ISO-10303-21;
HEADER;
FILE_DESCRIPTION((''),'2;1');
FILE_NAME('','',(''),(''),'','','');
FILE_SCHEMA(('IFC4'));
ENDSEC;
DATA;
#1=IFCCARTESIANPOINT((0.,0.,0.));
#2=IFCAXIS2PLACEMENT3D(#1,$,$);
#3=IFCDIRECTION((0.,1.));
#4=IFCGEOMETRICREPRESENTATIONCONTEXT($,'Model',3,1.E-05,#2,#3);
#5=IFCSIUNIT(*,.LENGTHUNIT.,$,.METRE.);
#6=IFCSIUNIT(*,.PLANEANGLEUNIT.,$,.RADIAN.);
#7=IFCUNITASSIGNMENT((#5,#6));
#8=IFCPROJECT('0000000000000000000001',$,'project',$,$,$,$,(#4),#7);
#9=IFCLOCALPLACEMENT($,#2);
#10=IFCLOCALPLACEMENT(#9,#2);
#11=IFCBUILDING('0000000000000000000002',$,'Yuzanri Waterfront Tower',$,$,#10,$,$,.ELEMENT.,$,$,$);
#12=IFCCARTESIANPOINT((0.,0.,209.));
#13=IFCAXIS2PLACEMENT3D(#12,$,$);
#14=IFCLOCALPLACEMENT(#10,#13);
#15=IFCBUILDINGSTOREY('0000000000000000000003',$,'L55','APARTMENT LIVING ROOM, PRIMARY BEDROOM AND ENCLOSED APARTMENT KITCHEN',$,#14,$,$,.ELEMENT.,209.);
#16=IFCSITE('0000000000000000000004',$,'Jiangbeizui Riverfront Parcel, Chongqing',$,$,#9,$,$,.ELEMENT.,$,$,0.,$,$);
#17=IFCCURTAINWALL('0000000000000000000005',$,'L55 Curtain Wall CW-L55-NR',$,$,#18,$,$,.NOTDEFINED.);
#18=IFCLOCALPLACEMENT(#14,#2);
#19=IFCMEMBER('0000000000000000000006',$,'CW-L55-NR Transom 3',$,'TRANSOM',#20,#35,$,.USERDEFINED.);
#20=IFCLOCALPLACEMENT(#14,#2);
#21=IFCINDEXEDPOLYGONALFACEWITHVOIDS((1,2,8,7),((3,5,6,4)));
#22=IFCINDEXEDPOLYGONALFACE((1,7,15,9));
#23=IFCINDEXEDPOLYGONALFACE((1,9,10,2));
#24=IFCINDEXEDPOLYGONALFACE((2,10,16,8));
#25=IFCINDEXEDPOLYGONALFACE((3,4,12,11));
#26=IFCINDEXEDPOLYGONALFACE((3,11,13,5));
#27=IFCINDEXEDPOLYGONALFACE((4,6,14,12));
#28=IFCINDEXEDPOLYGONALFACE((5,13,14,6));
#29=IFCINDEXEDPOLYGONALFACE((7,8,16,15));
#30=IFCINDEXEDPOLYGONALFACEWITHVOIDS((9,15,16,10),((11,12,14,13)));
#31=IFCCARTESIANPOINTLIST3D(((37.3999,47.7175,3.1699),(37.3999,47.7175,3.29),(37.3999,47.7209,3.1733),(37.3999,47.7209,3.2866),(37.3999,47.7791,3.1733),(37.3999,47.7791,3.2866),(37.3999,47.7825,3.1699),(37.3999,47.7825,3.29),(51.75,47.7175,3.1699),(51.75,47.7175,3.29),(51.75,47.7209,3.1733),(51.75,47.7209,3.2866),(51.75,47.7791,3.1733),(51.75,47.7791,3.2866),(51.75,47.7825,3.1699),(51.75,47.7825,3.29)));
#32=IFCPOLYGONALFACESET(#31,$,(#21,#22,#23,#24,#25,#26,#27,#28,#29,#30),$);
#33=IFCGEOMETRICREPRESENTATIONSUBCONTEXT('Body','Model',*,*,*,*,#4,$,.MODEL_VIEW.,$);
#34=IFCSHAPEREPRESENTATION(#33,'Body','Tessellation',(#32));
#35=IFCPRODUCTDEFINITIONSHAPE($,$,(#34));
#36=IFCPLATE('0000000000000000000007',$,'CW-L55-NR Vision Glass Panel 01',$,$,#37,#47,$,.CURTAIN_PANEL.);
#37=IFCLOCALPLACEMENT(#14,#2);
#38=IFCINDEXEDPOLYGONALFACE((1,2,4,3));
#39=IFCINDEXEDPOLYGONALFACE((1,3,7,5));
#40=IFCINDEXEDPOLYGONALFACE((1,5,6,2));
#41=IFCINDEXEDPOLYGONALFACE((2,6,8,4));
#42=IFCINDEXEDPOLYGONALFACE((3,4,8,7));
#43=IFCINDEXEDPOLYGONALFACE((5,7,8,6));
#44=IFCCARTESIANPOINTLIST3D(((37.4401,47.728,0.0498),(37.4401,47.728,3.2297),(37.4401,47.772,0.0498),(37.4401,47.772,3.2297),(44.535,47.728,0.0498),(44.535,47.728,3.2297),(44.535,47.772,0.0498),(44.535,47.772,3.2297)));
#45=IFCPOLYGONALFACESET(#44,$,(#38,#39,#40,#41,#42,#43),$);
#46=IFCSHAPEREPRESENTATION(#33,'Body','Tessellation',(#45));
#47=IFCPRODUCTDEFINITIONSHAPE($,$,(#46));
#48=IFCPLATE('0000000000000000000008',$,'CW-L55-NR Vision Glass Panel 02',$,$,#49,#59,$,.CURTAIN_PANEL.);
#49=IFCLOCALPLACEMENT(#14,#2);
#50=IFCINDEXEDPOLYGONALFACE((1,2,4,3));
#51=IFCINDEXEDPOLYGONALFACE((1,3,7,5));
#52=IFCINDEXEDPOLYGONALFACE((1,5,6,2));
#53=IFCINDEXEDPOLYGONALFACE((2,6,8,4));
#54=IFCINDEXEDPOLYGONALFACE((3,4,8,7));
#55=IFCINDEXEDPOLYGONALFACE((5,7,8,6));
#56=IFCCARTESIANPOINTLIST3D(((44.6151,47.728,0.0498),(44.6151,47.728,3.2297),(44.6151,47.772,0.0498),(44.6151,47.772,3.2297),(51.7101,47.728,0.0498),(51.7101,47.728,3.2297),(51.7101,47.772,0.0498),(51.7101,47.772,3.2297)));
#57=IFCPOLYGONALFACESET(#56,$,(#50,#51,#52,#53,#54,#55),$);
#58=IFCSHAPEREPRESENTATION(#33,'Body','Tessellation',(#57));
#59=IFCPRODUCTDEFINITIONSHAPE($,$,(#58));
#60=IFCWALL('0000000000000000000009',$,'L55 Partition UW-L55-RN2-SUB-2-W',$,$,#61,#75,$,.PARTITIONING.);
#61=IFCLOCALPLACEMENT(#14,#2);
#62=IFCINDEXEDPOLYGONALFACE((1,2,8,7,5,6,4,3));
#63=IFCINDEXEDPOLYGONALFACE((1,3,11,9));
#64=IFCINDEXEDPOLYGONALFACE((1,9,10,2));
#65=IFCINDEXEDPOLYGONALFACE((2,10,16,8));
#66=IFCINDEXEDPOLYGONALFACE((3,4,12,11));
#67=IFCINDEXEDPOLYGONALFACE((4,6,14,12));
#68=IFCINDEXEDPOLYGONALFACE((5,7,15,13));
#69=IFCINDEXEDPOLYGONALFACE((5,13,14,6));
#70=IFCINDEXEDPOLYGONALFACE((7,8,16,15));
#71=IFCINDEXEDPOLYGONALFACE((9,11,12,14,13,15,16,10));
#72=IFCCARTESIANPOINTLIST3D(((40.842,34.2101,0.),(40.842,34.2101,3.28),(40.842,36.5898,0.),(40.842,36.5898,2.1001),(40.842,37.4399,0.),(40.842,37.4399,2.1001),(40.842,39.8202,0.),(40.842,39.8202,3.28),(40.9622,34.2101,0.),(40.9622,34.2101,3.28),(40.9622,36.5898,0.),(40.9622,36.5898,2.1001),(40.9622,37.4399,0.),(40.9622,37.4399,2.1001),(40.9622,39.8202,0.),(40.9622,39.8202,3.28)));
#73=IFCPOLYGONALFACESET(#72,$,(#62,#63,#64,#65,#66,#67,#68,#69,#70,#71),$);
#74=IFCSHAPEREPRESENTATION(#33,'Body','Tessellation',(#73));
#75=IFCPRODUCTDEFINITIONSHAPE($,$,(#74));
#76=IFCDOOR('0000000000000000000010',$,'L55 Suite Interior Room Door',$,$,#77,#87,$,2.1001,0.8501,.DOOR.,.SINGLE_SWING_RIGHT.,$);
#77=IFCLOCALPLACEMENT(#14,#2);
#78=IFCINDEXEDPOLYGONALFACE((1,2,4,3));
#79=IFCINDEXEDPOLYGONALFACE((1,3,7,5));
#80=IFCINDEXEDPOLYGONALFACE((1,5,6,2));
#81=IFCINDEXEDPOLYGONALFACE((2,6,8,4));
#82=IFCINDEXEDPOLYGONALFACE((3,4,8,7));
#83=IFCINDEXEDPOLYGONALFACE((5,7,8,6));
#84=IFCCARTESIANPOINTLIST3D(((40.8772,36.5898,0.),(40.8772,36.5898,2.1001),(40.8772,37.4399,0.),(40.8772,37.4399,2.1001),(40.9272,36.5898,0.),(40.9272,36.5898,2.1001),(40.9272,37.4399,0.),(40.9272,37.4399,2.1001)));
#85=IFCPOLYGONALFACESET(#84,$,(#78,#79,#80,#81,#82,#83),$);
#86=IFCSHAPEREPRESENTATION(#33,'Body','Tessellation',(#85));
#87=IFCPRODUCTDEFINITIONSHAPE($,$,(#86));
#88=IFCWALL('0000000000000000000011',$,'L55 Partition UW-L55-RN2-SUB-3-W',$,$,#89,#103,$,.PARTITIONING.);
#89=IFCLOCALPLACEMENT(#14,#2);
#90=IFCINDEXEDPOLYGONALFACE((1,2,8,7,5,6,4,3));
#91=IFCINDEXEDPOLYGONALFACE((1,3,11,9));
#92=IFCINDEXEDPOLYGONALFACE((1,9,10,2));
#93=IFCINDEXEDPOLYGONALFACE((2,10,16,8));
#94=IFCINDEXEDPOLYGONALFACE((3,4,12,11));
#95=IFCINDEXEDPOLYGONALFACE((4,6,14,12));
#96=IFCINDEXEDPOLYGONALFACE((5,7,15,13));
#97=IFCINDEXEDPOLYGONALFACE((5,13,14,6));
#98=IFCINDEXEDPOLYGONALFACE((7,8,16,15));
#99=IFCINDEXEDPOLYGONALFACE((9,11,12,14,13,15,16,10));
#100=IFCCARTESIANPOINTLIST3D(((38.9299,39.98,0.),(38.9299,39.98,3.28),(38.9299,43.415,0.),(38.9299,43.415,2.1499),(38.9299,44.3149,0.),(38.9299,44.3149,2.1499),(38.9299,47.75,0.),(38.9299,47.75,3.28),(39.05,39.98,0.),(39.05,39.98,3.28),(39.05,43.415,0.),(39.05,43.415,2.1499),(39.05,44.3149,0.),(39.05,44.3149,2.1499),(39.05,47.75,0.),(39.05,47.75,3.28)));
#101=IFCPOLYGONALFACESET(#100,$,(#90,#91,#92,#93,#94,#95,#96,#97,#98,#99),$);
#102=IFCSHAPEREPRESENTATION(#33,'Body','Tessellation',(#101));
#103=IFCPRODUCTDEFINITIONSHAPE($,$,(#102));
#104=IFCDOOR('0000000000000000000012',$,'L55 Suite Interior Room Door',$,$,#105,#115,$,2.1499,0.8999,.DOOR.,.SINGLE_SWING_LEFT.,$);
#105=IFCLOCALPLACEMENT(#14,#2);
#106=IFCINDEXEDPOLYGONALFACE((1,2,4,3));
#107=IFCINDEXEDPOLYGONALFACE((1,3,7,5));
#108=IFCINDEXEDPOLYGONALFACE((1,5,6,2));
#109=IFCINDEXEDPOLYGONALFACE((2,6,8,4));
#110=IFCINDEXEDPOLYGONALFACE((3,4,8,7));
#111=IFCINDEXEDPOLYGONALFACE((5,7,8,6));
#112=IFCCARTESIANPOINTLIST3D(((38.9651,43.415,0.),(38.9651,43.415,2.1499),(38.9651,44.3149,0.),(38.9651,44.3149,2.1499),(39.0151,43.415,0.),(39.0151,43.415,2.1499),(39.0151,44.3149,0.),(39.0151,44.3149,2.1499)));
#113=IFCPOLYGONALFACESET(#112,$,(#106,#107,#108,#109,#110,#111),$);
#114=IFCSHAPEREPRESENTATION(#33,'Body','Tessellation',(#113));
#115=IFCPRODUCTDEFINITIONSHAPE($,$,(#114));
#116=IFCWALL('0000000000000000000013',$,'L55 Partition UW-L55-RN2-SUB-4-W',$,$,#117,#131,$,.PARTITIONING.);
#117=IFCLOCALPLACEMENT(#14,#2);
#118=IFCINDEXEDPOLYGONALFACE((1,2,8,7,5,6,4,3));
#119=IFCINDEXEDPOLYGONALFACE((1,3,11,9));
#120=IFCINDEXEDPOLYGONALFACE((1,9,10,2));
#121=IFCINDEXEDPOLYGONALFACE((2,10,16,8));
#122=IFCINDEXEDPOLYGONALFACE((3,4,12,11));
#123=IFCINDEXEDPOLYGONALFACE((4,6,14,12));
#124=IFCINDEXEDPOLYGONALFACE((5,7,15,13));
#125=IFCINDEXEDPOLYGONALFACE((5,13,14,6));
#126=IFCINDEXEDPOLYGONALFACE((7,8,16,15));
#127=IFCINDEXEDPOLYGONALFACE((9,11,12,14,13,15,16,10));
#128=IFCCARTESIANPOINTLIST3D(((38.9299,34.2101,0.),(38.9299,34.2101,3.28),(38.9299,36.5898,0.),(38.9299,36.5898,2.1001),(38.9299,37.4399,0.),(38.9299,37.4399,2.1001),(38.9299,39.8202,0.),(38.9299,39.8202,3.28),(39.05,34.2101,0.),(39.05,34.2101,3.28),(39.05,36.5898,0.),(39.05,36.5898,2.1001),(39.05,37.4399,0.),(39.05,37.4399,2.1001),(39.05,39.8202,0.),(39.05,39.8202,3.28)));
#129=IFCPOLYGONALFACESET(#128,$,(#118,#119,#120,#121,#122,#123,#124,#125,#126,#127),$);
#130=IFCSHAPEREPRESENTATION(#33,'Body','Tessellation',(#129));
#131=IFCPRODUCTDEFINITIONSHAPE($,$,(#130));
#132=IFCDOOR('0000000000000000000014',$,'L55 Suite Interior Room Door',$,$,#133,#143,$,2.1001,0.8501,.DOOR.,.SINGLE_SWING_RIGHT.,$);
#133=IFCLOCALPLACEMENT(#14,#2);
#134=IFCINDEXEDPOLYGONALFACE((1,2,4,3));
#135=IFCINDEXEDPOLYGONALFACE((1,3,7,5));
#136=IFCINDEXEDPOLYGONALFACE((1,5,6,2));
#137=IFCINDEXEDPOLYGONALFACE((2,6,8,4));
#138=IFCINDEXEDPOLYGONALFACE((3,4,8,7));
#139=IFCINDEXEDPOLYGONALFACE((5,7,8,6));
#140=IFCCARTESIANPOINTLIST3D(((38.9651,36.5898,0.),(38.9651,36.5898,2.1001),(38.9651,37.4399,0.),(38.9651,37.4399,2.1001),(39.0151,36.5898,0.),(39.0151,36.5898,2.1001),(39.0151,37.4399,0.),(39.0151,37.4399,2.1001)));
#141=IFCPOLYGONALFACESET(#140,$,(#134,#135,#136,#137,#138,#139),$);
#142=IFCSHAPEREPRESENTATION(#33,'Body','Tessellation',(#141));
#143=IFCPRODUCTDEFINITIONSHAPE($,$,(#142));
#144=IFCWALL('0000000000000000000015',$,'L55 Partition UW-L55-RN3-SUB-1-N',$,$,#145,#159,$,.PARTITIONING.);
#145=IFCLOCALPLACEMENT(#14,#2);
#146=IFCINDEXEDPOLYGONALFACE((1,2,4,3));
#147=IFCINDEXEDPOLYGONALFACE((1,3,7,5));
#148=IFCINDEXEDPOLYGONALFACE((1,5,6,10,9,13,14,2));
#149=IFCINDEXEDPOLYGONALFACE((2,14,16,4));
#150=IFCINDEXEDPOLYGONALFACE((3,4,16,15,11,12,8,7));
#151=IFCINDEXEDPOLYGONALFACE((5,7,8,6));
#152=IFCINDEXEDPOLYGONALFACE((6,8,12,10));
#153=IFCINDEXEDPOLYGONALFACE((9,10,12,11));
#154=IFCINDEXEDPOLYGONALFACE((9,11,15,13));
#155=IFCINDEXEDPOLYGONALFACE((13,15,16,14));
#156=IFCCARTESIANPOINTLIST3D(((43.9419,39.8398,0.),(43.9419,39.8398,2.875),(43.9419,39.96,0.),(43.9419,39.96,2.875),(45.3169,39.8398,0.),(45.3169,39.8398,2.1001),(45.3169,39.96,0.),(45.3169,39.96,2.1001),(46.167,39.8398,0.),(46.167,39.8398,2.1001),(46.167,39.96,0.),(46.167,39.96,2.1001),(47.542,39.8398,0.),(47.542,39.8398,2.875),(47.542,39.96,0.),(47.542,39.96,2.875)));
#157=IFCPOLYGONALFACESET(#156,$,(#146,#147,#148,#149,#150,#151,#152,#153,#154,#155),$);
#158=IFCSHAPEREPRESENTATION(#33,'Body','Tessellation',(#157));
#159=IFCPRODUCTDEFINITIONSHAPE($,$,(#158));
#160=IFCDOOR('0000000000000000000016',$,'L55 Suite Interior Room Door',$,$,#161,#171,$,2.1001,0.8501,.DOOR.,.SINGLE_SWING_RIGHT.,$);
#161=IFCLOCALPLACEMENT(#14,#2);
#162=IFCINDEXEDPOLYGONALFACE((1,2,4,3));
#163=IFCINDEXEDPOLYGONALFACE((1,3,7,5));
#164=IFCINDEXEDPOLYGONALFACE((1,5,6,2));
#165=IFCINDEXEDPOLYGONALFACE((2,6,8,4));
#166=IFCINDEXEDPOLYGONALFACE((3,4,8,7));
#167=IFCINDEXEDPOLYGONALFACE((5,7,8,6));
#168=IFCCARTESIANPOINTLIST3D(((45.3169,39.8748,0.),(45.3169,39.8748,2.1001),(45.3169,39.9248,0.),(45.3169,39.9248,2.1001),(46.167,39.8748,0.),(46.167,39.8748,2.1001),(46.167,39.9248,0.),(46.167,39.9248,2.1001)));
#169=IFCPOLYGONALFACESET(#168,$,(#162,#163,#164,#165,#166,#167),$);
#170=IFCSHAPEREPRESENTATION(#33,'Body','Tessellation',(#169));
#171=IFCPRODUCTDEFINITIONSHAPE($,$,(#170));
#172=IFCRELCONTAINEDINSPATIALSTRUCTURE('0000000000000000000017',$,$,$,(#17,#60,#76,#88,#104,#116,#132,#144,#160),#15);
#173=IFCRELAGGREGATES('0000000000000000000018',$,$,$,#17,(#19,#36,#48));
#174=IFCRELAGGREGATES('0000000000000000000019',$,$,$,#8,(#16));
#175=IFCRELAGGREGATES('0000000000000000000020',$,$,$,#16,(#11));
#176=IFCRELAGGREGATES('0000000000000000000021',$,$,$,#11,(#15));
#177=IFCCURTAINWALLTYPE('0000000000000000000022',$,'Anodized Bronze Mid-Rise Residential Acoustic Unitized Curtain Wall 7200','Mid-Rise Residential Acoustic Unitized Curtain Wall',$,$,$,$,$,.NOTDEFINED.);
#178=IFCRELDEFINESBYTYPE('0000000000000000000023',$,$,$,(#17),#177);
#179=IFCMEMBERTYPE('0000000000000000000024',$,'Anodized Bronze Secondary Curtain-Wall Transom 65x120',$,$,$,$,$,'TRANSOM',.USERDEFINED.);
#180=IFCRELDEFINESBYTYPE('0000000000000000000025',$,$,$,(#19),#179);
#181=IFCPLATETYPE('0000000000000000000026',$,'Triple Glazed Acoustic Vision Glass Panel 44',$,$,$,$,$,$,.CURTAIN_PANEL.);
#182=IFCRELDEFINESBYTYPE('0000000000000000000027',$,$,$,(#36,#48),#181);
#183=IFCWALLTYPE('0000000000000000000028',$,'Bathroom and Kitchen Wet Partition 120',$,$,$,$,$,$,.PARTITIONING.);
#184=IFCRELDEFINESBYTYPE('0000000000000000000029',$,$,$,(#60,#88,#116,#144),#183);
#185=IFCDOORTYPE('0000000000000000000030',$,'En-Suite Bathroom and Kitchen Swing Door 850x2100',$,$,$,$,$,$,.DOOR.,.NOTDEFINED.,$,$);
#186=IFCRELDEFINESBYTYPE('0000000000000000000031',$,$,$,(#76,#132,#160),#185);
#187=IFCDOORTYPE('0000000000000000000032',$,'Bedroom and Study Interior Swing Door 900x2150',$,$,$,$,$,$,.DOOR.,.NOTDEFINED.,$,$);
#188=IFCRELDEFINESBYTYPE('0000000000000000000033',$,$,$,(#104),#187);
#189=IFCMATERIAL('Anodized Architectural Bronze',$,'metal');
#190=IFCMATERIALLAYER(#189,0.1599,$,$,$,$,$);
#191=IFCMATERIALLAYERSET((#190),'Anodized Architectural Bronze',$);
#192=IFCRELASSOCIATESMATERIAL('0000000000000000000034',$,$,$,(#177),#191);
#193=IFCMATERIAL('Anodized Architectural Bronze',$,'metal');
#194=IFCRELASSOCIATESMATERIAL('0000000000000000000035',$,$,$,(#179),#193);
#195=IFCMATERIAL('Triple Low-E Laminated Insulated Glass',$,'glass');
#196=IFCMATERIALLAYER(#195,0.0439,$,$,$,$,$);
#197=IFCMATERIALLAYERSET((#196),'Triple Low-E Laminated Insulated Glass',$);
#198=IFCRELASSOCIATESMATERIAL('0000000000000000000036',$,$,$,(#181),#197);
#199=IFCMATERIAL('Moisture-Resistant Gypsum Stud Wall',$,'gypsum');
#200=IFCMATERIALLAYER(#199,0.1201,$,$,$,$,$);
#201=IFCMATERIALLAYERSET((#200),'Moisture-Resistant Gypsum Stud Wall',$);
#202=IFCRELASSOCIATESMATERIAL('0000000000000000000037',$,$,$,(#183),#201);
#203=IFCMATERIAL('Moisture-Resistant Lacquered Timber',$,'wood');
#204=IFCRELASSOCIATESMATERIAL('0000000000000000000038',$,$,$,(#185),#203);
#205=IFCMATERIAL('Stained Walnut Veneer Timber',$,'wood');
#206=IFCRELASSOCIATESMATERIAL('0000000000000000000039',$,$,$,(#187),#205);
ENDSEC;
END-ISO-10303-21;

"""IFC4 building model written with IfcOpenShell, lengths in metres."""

from ifc_helpers import new_model, si_unit, direction, frame, frame_2d, origin, origin_2d, place, context, subcontext, project, spatial, rectangle, hollow_rectangle, extrude, source, transform, mapped, material, layer, layer_set, material_profile, profile_set, type_object, element, fill, aggregate, save


model = new_model("IFC4")

# Units and contexts
model_context = context("Model", 3, precision=1e-05, world=origin(), true_north=direction((0.0, 1.0)))
body_context = subcontext(model_context, "Body", "Model", "MODEL_VIEW")
ifc_project = project(units=[si_unit("LENGTHUNIT", "METRE"), si_unit("PLANEANGLEUNIT", "RADIAN")], contexts=[model_context])

# Site, building, storey
site_placement = place(None, origin())
site = spatial("IfcSite", under=ifc_project, at=site_placement, Name="Jiangbeizui Riverfront Parcel, Chongqing", CompositionType="ELEMENT", RefElevation=0.0)
building_placement = place(site_placement, origin())
building = spatial("IfcBuilding", under=site, at=building_placement, Name="Yuzanri Waterfront Tower", CompositionType="ELEMENT")
storey_placement = place(building_placement, frame((0.0, 0.0, 209.0)))
storey = spatial("IfcBuildingStorey", under=building, at=storey_placement, Name="L55", Description="APARTMENT LIVING ROOM, PRIMARY BEDROOM AND ENCLOSED APARTMENT KITCHEN", CompositionType="ELEMENT", Elevation=209.0)

# Curtain wall, member, plates
ifc_material_1 = material(Name="Anodized Architectural Bronze", Category="metal")
ifc_layer_1 = layer(ifc_material_1, 0.1599)
ifc_layer_set_1 = layer_set([ifc_layer_1], Name="Anodized Architectural Bronze")
curtain_wall_type = type_object("IfcCurtainWallType", Name="Anodized Bronze Mid-Rise Residential Acoustic Unitized Curtain Wall 7200", Description="Mid-Rise Residential Acoustic Unitized Curtain Wall", PredefinedType="NOTDEFINED", material=ifc_layer_set_1)
curtain_wall_placement = place(storey_placement, origin())
curtain_wall = element("IfcCurtainWall", 1, at=curtain_wall_placement, inside=storey, type_object=curtain_wall_type, Name="L55 Curtain Wall CW-L55-NR", PredefinedType="NOTDEFINED")
ifc_material_2 = material(Name="Anodized Architectural Bronze", Category="metal")
ifc_material_profile_1 = material_profile(ifc_material_2, hollow_rectangle(XDim=0.0649, YDim=0.1201, WallThickness=0.0034, at=origin_2d()), Name="CWT 65x120")
ifc_profile_set_1 = profile_set([ifc_material_profile_1], Name="Anodized Architectural Bronze")
member_type_1 = type_object("IfcMemberType", Name="Anodized Bronze Secondary Curtain-Wall Transom 65x120", ElementType="TRANSOM", PredefinedType="USERDEFINED", material=ifc_profile_set_1)
shared_shape_1 = source(origin(), body_context, "Body", "SweptSolid", [
    extrude(hollow_rectangle(XDim=0.0649, YDim=0.1201, WallThickness=0.0034, at=origin_2d()), origin(), (0.0, 0.0, 1.0), 14.3501),
])
member_1_placement = place(storey_placement, frame((37.3999, 47.75, 3.23), z_axis=(1.0, 0.0, 0.0), x_axis=(0.0, 1.0, 0.0)))
member_1 = element("IfcMember", 2, at=member_1_placement, type_object=member_type_1, Name="CW-L55-NR Transom 3", ObjectType="TRANSOM", PredefinedType="USERDEFINED", context=body_context, shape_type="MappedRepresentation", body=[
    mapped(shared_shape_1, transform((0.0, 0.0, 0.0), scale=1.0)),
])
ifc_material_3 = material(Name="Triple Low-E Laminated Insulated Glass", Category="glass")
ifc_layer_2 = layer(ifc_material_3, 0.0439)
ifc_layer_set_2 = layer_set([ifc_layer_2], Name="Triple Low-E Laminated Insulated Glass")
plate_type = type_object("IfcPlateType", Name="Triple Glazed Acoustic Vision Glass Panel 44", PredefinedType="CURTAIN_PANEL", material=ifc_layer_set_2)
shared_shape_2 = source(origin(), body_context, "Body", "SweptSolid", [
    extrude(rectangle(XDim=7.095, YDim=0.0439, at=origin_2d()), origin(), (0.0, 0.0, 1.0), 3.1799),
])
plate_1_placement = place(storey_placement, frame((40.9875, 47.75, 0.0498), z_axis=(0.0, 0.0, 1.0), x_axis=(1.0, 0.0, 0.0)))
plate_1 = element("IfcPlate", 3, at=plate_1_placement, type_object=plate_type, Name="CW-L55-NR Vision Glass Panel 01", PredefinedType="CURTAIN_PANEL", context=body_context, shape_type="MappedRepresentation", body=[
    mapped(shared_shape_2, transform((0.0, 0.0, 0.0), scale=1.0)),
])
plate_2_placement = place(storey_placement, frame((48.1626, 47.75, 0.0498), z_axis=(0.0, 0.0, 1.0), x_axis=(1.0, 0.0, 0.0)))
plate_2 = element("IfcPlate", 4, at=plate_2_placement, type_object=plate_type, Name="CW-L55-NR Vision Glass Panel 02", PredefinedType="CURTAIN_PANEL", context=body_context, shape_type="MappedRepresentation", body=[
    mapped(shared_shape_2, transform((0.0, 0.0, 0.0), scale=1.0)),
])
aggregate(curtain_wall, [member_1, plate_1, plate_2])

# Walls, openings, doors
ifc_material_4 = material(Name="Moisture-Resistant Gypsum Stud Wall", Category="gypsum")
ifc_layer_3 = layer(ifc_material_4, 0.1201)
ifc_layer_set_3 = layer_set([ifc_layer_3], Name="Moisture-Resistant Gypsum Stud Wall")
wall_type_1 = type_object("IfcWallType", Name="Bathroom and Kitchen Wet Partition 120", PredefinedType="PARTITIONING", material=ifc_layer_set_3)
wall_1_placement = place(storey_placement, frame((40.9021, 34.21, 0.0), z_axis=(0.0, 0.0, 1.0), x_axis=(0.0, 1.0, 0.0)))
wall_1 = element("IfcWall", 5, at=wall_1_placement, inside=storey, type_object=wall_type_1, Name="L55 Partition UW-L55-RN2-SUB-2-W", PredefinedType="PARTITIONING", context=body_context, shape_type="SweptSolid", body=[
    extrude(rectangle(XDim=5.6101, YDim=0.1201, at=frame_2d((2.8052, 0.0))), origin(), (0.0, 0.0, 1.0), 3.28),
])
opening_1_placement = place(wall_1_placement, frame((2.3799, 0.0, 0.0)))
opening_1 = element("IfcOpeningElement", 6, at=opening_1_placement, cuts=wall_1, PredefinedType="OPENING", context=body_context, shape_type="SweptSolid", body=[
    extrude(rectangle(XDim=0.8501, YDim=2.1001, at=frame_2d((0.425, 1.05))), frame((0.0, 0.075, 0.0), z_axis=(0.0, -1.0, 0.0), x_axis=(1.0, 0.0, 0.0)), (0.0, 0.0, 1.0), 0.1499),
])
ifc_material_5 = material(Name="Moisture-Resistant Lacquered Timber", Category="wood")
door_type_1 = type_object("IfcDoorType", Name="En-Suite Bathroom and Kitchen Swing Door 850x2100", OperationType="NOTDEFINED", PredefinedType="DOOR", material=ifc_material_5)
shared_shape_3 = source(origin(), body_context, "Body", "SweptSolid", [
    extrude(rectangle(XDim=0.8501, YDim=2.1001, at=frame_2d((0.425, 1.05))), frame((0.0, 0.0249, 0.0), z_axis=(0.0, -1.0, 0.0), x_axis=(1.0, 0.0, 0.0)), (0.0, 0.0, 1.0), 0.05),
])
door_1_placement = place(opening_1_placement, origin())
door_1 = element("IfcDoor", 7, at=door_1_placement, inside=storey, type_object=door_type_1, Name="L55 Suite Interior Room Door", OperationType="SINGLE_SWING_RIGHT", OverallHeight=2.1001, OverallWidth=0.8501, PredefinedType="DOOR", context=body_context, shape_type="MappedRepresentation", body=[
    mapped(shared_shape_3, transform((0.0, 0.0, 0.0), scale=1.0)),
])
fill(opening_1, door_1)
wall_2_placement = place(storey_placement, frame((38.99, 39.98, 0.0), z_axis=(0.0, 0.0, 1.0), x_axis=(0.0, 1.0, 0.0)))
wall_2 = element("IfcWall", 8, at=wall_2_placement, inside=storey, type_object=wall_type_1, Name="L55 Partition UW-L55-RN2-SUB-3-W", PredefinedType="PARTITIONING", context=body_context, shape_type="SweptSolid", body=[
    extrude(rectangle(XDim=7.77, YDim=0.1201, at=frame_2d((3.885, 0.0))), origin(), (0.0, 0.0, 1.0), 3.28),
])
opening_2_placement = place(wall_2_placement, frame((3.4351, 0.0, 0.0)))
opening_2 = element("IfcOpeningElement", 9, at=opening_2_placement, cuts=wall_2, PredefinedType="OPENING", context=body_context, shape_type="SweptSolid", body=[
    extrude(rectangle(XDim=0.8999, YDim=2.1499, at=frame_2d((0.45, 1.075))), frame((0.0, 0.075, 0.0), z_axis=(0.0, -1.0, 0.0), x_axis=(1.0, 0.0, 0.0)), (0.0, 0.0, 1.0), 0.1499),
])
ifc_material_6 = material(Name="Stained Walnut Veneer Timber", Category="wood")
door_type_2 = type_object("IfcDoorType", Name="Bedroom and Study Interior Swing Door 900x2150", OperationType="NOTDEFINED", PredefinedType="DOOR", material=ifc_material_6)
shared_shape_4 = source(origin(), body_context, "Body", "SweptSolid", [
    extrude(rectangle(XDim=0.8999, YDim=2.1499, at=frame_2d((0.45, 1.075))), frame((0.0, 0.0249, 0.0), z_axis=(0.0, -1.0, 0.0), x_axis=(1.0, 0.0, 0.0)), (0.0, 0.0, 1.0), 0.05),
])
door_2_placement = place(opening_2_placement, origin())
door_2 = element("IfcDoor", 10, at=door_2_placement, inside=storey, type_object=door_type_2, Name="L55 Suite Interior Room Door", OperationType="SINGLE_SWING_LEFT", OverallHeight=2.1499, OverallWidth=0.8999, PredefinedType="DOOR", context=body_context, shape_type="MappedRepresentation", body=[
    mapped(shared_shape_4, transform((0.0, 0.0, 0.0), scale=1.0)),
])
fill(opening_2, door_2)
wall_3_placement = place(storey_placement, frame((38.99, 34.21, 0.0), z_axis=(0.0, 0.0, 1.0), x_axis=(0.0, 1.0, 0.0)))
wall_3 = element("IfcWall", 11, at=wall_3_placement, inside=storey, type_object=wall_type_1, Name="L55 Partition UW-L55-RN2-SUB-4-W", PredefinedType="PARTITIONING", context=body_context, shape_type="SweptSolid", body=[
    extrude(rectangle(XDim=5.6101, YDim=0.1201, at=frame_2d((2.8052, 0.0))), origin(), (0.0, 0.0, 1.0), 3.28),
])
opening_3_placement = place(wall_3_placement, frame((2.3799, 0.0, 0.0)))
opening_3 = element("IfcOpeningElement", 12, at=opening_3_placement, cuts=wall_3, PredefinedType="OPENING", context=body_context, shape_type="SweptSolid", body=[
    extrude(rectangle(XDim=0.8501, YDim=2.1001, at=frame_2d((0.425, 1.05))), frame((0.0, 0.075, 0.0), z_axis=(0.0, -1.0, 0.0), x_axis=(1.0, 0.0, 0.0)), (0.0, 0.0, 1.0), 0.1499),
])
door_3_placement = place(opening_3_placement, origin())
door_3 = element("IfcDoor", 13, at=door_3_placement, inside=storey, type_object=door_type_1, Name="L55 Suite Interior Room Door", OperationType="SINGLE_SWING_RIGHT", OverallHeight=2.1001, OverallWidth=0.8501, PredefinedType="DOOR", context=body_context, shape_type="MappedRepresentation", body=[
    mapped(shared_shape_3, transform((0.0, 0.0, 0.0), scale=1.0)),
])
fill(opening_3, door_3)
wall_4_placement = place(storey_placement, frame((43.9419, 39.8999, 0.0), z_axis=(0.0, 0.0, 1.0), x_axis=(1.0, 0.0, 0.0)))
wall_4 = element("IfcWall", 14, at=wall_4_placement, inside=storey, type_object=wall_type_1, Name="L55 Partition UW-L55-RN3-SUB-1-N", PredefinedType="PARTITIONING", context=body_context, shape_type="SweptSolid", body=[
    extrude(rectangle(XDim=3.6001, YDim=0.1201, at=frame_2d((1.8, 0.0))), origin(), (0.0, 0.0, 1.0), 2.875),
])
opening_4_placement = place(wall_4_placement, frame((1.375, 0.0, 0.0)))
opening_4 = element("IfcOpeningElement", 15, at=opening_4_placement, cuts=wall_4, PredefinedType="OPENING", context=body_context, shape_type="SweptSolid", body=[
    extrude(rectangle(XDim=0.8501, YDim=2.1001, at=frame_2d((0.425, 1.05))), frame((0.0, 0.075, 0.0), z_axis=(0.0, -1.0, 0.0), x_axis=(1.0, 0.0, 0.0)), (0.0, 0.0, 1.0), 0.1499),
])
door_4_placement = place(opening_4_placement, origin())
door_4 = element("IfcDoor", 16, at=door_4_placement, inside=storey, type_object=door_type_1, Name="L55 Suite Interior Room Door", OperationType="SINGLE_SWING_RIGHT", OverallHeight=2.1001, OverallWidth=0.8501, PredefinedType="DOOR", context=body_context, shape_type="MappedRepresentation", body=[
    mapped(shared_shape_3, transform((0.0, 0.0, 0.0), scale=1.0)),
])
fill(opening_4, door_4)

save(model, "model.ifc")
